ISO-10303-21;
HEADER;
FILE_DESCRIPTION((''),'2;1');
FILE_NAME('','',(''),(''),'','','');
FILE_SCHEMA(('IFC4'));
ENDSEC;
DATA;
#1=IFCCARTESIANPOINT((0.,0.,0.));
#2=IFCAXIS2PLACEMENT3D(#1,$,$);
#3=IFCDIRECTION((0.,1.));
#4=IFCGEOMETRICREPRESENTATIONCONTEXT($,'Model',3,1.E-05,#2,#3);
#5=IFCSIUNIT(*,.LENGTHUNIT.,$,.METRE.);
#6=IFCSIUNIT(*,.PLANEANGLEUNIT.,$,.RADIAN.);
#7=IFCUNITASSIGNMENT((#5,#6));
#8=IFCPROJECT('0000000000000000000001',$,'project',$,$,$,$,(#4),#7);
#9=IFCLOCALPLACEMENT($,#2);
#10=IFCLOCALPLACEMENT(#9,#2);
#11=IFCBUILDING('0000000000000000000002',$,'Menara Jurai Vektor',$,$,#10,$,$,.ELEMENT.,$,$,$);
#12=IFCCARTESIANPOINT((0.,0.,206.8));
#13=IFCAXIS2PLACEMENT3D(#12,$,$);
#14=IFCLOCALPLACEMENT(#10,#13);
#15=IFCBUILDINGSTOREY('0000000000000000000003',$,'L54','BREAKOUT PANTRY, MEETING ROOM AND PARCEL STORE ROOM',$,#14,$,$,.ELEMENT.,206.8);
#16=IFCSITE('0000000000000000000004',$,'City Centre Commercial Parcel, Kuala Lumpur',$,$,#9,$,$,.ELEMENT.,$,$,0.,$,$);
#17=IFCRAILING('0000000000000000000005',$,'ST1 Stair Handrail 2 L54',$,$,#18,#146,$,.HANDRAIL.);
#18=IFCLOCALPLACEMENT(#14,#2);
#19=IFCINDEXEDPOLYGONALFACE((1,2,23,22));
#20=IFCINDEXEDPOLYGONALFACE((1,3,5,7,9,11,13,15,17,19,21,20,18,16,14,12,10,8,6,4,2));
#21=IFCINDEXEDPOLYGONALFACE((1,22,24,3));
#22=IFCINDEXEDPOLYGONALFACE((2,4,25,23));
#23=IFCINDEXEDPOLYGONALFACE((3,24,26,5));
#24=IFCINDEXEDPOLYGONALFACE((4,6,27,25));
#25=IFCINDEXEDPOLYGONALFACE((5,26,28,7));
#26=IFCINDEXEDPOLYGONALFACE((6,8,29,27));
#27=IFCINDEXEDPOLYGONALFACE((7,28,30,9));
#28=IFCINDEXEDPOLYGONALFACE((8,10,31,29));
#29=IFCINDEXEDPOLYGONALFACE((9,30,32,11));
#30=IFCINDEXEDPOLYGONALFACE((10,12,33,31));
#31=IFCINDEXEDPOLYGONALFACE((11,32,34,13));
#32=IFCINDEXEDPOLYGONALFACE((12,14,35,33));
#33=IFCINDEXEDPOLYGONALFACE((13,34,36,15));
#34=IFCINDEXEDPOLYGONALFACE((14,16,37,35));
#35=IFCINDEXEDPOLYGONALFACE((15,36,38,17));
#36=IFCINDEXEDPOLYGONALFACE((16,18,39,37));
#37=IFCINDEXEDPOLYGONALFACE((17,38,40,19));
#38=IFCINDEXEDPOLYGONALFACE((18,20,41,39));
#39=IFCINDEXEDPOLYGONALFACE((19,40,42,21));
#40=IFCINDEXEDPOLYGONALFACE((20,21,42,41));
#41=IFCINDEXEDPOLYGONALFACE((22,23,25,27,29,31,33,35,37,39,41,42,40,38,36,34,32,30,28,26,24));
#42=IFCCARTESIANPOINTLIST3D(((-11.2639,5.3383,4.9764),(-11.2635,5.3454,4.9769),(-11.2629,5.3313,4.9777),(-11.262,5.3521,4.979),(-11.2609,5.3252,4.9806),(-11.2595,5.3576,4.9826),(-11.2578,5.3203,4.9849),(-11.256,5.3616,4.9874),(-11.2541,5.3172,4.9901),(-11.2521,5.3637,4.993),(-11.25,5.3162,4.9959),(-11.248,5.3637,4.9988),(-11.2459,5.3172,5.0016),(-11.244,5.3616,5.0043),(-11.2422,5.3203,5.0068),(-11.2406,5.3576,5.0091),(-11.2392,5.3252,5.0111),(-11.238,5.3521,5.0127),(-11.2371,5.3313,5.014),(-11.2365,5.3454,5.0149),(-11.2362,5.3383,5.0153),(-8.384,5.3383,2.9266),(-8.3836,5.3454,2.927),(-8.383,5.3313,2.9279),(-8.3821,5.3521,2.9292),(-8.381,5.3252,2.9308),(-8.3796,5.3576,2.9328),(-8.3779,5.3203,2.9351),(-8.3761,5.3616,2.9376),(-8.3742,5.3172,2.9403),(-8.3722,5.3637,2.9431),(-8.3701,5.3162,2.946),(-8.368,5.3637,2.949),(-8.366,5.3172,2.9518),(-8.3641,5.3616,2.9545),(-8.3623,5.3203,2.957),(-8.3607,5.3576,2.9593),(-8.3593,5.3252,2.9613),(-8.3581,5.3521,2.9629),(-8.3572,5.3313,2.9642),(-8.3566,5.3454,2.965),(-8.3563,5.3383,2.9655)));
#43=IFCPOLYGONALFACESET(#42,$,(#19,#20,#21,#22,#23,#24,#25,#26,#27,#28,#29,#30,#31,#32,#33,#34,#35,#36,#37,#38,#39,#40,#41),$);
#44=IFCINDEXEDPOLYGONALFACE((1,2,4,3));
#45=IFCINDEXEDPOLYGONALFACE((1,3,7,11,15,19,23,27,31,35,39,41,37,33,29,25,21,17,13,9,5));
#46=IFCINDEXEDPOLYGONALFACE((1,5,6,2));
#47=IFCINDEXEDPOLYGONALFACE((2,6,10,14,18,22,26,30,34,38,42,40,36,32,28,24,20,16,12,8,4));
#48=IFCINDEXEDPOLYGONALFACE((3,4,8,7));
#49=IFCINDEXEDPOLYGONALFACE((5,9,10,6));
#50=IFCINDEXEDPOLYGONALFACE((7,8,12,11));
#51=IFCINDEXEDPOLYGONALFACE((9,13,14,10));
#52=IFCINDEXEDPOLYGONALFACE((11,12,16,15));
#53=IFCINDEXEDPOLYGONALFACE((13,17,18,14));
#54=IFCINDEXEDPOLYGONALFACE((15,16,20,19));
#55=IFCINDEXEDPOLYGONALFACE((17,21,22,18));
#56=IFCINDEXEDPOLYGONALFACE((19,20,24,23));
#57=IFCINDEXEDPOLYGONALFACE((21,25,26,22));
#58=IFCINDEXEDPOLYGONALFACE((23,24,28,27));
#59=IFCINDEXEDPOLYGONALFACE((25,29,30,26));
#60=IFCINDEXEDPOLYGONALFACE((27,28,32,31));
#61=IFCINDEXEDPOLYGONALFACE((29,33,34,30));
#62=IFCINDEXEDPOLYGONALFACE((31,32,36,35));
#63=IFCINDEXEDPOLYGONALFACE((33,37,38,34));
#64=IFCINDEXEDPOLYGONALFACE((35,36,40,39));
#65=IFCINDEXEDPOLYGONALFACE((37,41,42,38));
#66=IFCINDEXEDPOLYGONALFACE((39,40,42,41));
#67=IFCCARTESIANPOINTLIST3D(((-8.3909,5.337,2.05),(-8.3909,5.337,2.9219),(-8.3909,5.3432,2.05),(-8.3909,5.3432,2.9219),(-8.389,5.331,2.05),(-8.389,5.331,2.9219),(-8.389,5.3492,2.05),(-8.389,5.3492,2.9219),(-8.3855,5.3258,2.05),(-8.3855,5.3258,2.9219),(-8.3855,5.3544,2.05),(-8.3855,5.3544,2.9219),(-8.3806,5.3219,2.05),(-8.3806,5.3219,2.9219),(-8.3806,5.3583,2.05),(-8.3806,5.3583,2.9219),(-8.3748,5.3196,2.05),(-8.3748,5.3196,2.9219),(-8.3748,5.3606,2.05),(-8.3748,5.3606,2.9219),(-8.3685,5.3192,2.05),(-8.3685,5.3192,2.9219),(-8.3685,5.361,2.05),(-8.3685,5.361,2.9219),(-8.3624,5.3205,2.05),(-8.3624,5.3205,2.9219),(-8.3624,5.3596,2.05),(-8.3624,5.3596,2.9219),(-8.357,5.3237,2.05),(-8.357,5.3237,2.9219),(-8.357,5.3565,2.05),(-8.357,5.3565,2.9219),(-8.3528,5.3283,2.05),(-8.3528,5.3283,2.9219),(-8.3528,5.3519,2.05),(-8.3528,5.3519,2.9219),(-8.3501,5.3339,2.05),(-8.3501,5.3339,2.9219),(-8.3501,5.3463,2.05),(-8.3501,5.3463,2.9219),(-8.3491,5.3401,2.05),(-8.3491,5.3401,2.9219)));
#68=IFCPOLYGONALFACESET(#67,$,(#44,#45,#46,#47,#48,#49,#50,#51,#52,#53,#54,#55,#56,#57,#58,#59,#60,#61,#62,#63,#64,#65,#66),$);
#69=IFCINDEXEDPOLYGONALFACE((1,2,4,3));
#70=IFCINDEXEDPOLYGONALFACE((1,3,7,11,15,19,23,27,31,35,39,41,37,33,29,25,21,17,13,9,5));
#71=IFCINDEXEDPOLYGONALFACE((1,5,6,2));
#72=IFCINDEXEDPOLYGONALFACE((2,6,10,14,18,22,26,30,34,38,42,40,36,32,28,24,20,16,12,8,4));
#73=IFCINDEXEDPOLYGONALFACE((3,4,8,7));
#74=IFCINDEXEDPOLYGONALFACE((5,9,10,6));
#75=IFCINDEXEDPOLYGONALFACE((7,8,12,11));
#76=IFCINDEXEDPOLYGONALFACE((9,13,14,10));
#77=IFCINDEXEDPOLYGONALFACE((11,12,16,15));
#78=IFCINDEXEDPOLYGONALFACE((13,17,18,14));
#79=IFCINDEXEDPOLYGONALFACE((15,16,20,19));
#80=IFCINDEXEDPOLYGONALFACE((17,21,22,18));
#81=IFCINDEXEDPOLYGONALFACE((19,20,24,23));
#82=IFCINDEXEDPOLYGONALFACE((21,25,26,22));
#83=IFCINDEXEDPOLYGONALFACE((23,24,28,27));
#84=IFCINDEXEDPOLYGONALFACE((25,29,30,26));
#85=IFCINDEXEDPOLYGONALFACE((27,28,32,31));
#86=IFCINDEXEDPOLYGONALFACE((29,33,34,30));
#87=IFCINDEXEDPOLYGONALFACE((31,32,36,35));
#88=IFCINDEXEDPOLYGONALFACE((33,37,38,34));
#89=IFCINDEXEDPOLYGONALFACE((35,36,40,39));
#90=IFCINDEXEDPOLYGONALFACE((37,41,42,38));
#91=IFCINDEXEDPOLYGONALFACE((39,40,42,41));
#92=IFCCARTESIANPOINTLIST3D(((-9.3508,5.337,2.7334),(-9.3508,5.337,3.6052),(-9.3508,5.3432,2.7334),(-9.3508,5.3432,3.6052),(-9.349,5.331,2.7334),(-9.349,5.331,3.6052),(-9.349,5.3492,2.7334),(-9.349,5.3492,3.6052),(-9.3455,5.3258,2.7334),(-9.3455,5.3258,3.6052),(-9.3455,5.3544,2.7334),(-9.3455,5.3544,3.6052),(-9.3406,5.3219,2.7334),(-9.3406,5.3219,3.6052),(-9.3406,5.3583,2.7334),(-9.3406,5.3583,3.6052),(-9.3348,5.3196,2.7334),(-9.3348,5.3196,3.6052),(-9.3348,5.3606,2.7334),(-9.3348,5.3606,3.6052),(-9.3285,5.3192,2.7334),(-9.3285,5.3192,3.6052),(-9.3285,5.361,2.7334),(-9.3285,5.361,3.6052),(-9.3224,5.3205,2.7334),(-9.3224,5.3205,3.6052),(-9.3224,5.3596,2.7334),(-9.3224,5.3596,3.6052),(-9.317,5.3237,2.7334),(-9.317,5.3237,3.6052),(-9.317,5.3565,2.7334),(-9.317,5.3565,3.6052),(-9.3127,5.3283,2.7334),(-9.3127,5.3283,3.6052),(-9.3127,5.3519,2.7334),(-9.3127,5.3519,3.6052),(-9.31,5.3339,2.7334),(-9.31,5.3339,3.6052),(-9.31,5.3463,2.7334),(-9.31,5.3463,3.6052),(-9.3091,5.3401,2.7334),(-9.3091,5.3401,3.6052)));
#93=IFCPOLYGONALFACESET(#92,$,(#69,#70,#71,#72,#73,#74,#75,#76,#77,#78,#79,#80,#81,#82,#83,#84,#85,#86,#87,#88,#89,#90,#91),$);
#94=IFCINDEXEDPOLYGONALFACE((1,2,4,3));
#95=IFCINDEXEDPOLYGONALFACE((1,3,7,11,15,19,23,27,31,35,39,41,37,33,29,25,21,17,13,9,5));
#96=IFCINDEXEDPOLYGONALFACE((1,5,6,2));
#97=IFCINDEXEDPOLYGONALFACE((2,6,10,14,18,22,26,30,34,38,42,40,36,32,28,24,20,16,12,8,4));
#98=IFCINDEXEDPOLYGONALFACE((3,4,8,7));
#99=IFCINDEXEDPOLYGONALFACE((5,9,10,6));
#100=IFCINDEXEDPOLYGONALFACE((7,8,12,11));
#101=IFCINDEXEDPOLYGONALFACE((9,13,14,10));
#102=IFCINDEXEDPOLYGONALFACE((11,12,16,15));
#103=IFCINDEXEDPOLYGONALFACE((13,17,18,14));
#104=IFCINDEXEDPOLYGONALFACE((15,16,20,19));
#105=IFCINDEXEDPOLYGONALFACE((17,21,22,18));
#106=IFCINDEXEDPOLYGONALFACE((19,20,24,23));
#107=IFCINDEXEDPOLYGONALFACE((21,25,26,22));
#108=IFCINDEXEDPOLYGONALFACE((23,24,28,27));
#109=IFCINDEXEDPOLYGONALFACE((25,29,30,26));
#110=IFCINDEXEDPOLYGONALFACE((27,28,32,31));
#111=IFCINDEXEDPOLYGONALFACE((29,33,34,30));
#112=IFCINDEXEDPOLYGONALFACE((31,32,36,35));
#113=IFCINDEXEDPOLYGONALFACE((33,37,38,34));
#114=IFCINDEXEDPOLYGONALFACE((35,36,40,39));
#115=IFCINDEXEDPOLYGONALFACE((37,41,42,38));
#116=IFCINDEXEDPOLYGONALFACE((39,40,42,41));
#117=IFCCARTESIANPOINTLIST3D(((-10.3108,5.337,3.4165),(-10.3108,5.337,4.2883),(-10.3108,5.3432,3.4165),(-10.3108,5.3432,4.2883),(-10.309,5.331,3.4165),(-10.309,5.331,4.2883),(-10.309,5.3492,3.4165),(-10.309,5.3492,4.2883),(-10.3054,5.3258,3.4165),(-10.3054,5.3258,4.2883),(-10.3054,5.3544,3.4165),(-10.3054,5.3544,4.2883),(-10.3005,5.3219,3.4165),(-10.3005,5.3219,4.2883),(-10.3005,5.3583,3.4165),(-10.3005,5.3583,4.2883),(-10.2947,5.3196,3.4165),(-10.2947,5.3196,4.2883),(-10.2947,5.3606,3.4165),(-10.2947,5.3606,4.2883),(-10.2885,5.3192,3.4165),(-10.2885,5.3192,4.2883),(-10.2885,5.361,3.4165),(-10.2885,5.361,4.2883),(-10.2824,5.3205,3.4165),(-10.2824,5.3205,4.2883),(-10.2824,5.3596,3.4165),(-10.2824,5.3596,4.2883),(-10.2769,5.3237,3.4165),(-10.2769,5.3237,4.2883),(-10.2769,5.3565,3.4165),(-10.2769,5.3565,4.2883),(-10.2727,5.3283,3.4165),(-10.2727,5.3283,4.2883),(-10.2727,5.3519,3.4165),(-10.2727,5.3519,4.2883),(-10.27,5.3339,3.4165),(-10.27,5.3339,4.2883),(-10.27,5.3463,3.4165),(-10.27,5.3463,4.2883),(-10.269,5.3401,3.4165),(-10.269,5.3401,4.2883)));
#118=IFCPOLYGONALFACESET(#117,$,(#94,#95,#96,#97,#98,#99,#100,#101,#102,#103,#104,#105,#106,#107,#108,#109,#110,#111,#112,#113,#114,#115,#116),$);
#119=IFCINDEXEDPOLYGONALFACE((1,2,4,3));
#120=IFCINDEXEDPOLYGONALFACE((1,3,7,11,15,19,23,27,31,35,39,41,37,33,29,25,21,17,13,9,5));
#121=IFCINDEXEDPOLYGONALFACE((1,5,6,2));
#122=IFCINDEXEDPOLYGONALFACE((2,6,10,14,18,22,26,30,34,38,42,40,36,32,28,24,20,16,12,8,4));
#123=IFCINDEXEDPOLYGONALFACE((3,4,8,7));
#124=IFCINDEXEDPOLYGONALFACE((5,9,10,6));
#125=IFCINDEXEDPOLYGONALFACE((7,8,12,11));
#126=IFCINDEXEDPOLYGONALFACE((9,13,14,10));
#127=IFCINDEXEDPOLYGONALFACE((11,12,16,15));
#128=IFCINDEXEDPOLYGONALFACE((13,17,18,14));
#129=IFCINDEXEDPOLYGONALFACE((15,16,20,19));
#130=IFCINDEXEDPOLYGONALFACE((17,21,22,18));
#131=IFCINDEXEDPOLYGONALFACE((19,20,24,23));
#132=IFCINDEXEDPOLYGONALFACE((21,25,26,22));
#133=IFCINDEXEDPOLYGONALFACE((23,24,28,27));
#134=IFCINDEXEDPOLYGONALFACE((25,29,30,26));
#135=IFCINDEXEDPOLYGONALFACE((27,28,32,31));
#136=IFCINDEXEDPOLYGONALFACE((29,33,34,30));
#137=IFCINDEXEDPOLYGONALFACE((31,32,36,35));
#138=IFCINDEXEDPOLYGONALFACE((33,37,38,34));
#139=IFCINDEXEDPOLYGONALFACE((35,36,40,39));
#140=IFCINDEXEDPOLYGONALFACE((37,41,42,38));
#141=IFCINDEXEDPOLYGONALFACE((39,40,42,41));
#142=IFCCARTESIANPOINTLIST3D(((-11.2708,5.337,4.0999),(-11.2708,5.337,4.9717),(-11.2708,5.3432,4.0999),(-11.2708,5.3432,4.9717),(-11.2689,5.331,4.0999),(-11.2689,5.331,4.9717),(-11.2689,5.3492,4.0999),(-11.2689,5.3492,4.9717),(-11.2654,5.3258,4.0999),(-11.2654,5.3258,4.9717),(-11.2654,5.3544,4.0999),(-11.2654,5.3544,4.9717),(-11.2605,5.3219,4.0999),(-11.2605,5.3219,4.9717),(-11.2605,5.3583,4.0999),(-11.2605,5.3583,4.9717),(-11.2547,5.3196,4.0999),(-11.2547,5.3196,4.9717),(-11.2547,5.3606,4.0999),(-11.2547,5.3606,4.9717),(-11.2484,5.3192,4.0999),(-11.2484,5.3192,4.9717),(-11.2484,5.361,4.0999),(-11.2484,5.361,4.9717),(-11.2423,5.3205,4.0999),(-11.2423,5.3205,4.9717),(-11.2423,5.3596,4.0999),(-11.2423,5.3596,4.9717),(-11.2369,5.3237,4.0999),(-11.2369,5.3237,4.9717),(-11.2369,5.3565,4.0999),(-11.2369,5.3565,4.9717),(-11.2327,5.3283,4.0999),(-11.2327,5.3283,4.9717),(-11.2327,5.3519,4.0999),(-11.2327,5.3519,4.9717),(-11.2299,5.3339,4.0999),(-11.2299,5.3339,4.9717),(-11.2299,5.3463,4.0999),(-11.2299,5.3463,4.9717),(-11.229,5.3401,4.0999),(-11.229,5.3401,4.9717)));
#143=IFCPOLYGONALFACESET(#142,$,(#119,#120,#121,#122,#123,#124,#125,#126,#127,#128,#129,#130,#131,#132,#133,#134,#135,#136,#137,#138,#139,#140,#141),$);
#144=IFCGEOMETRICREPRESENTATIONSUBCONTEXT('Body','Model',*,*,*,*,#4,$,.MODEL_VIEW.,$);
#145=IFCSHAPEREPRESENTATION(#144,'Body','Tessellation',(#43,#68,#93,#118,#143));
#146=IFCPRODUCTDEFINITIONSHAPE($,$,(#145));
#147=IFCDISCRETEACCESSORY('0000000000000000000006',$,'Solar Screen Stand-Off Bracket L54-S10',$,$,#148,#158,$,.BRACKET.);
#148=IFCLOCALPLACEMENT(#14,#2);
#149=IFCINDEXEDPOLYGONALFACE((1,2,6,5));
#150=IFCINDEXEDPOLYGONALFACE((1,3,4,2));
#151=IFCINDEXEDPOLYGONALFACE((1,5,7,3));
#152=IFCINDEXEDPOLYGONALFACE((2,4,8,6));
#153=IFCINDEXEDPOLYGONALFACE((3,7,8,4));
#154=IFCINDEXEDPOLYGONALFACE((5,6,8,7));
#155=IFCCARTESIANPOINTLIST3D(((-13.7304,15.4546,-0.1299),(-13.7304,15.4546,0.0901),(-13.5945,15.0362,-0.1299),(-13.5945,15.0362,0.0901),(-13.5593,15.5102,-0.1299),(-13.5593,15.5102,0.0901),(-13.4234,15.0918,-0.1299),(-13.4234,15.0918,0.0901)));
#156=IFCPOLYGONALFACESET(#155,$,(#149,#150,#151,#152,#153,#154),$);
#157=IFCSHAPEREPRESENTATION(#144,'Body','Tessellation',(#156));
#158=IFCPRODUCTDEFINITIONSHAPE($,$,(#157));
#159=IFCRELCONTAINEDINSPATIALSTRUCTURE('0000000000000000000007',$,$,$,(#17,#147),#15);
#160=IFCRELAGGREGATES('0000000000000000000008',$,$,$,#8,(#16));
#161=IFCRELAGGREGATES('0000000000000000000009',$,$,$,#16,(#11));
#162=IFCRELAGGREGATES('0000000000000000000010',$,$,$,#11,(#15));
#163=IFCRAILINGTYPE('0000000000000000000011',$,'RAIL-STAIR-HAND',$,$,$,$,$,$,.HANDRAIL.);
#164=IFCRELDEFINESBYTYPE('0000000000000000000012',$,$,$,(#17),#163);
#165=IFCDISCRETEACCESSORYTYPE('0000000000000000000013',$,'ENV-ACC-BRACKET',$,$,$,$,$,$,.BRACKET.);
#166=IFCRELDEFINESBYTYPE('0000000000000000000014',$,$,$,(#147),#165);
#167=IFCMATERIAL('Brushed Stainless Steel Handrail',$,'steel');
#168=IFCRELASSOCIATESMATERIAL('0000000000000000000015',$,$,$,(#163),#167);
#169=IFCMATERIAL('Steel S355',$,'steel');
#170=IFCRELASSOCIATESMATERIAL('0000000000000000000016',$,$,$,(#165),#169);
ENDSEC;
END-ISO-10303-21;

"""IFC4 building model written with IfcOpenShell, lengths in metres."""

from ifc_helpers import new_model, si_unit, direction, frame, origin, origin_2d, place, context, subcontext, project, spatial, rectangle, circle, extrude, material, type_object, element, save


model = new_model("IFC4")

# Units and contexts
model_context = context("Model", 3, precision=1e-05, world=origin(), true_north=direction((0.0, 1.0)))
body_context = subcontext(model_context, "Body", "Model", "MODEL_VIEW")
ifc_project = project(units=[si_unit("LENGTHUNIT", "METRE"), si_unit("PLANEANGLEUNIT", "RADIAN")], contexts=[model_context])

# Site, building, storey
site_placement = place(None, origin())
site = spatial("IfcSite", under=ifc_project, at=site_placement, Name="City Centre Commercial Parcel, Kuala Lumpur", CompositionType="ELEMENT", RefElevation=0.0)
building_placement = place(site_placement, origin())
building = spatial("IfcBuilding", under=site, at=building_placement, Name="Menara Jurai Vektor", CompositionType="ELEMENT")
storey_placement = place(building_placement, frame((0.0, 0.0, 206.8)))
storey = spatial("IfcBuildingStorey", under=building, at=storey_placement, Name="L54", Description="BREAKOUT PANTRY, MEETING ROOM AND PARCEL STORE ROOM", CompositionType="ELEMENT", Elevation=206.8)

# Shared definitions
ifc_material_1 = material(Name="Steel S355", Category="steel")

# Railing
ifc_material_2 = material(Name="Brushed Stainless Steel Handrail", Category="steel")
railing_type = type_object("IfcRailingType", Name="RAIL-STAIR-HAND", PredefinedType="HANDRAIL", material=ifc_material_2)
railing_placement = place(storey_placement, frame((-8.3701, 5.3401, 2.05)))
element("IfcRailing", 1, at=railing_placement, inside=storey, type_object=railing_type, Name="ST1 Stair Handrail 2 L54", PredefinedType="HANDRAIL", context=body_context, shape_type="SweptSolid", body=[
    extrude(circle(Radius=0.0239, at=origin_2d()), frame((0.0, 0.0, 0.896), z_axis=(-0.814703, 0.0, 0.579878), x_axis=(0.0, -1.0, 0.0)), (0.0, 0.0, 1.0), 3.5349),
    extrude(circle(Radius=0.021, at=origin_2d()), origin(), (0.0, 0.0, 1.0), 0.8718),
    extrude(circle(Radius=0.021, at=origin_2d()), frame((-0.96, 0.0, 0.6833)), (0.0, 0.0, 1.0), 0.8718),
    extrude(circle(Radius=0.021, at=origin_2d()), frame((-1.9199, 0.0, 1.3665)), (0.0, 0.0, 1.0), 0.8718),
    extrude(circle(Radius=0.021, at=origin_2d()), frame((-2.8799, 0.0, 2.0498)), (0.0, 0.0, 1.0), 0.8718),
])

# Discrete accessory
discrete_accessory_type = type_object("IfcDiscreteAccessoryType", Name="ENV-ACC-BRACKET", PredefinedType="BRACKET", material=ifc_material_1)
discrete_accessory_placement = place(storey_placement, frame((-13.5769, 15.2732, -0.1299), z_axis=(0.0, 0.0, 1.0), x_axis=(-0.951057, -0.309017, 0.0)))
element("IfcDiscreteAccessory", 2, at=discrete_accessory_placement, inside=storey, type_object=discrete_accessory_type, Name="Solar Screen Stand-Off Bracket L54-S10", PredefinedType="BRACKET", context=body_context, shape_type="SweptSolid", body=[
    extrude(rectangle(XDim=0.1799, YDim=0.4399, at=origin_2d()), origin(), (0.0, 0.0, 1.0), 0.22),
])

save(model, "model.ifc")
